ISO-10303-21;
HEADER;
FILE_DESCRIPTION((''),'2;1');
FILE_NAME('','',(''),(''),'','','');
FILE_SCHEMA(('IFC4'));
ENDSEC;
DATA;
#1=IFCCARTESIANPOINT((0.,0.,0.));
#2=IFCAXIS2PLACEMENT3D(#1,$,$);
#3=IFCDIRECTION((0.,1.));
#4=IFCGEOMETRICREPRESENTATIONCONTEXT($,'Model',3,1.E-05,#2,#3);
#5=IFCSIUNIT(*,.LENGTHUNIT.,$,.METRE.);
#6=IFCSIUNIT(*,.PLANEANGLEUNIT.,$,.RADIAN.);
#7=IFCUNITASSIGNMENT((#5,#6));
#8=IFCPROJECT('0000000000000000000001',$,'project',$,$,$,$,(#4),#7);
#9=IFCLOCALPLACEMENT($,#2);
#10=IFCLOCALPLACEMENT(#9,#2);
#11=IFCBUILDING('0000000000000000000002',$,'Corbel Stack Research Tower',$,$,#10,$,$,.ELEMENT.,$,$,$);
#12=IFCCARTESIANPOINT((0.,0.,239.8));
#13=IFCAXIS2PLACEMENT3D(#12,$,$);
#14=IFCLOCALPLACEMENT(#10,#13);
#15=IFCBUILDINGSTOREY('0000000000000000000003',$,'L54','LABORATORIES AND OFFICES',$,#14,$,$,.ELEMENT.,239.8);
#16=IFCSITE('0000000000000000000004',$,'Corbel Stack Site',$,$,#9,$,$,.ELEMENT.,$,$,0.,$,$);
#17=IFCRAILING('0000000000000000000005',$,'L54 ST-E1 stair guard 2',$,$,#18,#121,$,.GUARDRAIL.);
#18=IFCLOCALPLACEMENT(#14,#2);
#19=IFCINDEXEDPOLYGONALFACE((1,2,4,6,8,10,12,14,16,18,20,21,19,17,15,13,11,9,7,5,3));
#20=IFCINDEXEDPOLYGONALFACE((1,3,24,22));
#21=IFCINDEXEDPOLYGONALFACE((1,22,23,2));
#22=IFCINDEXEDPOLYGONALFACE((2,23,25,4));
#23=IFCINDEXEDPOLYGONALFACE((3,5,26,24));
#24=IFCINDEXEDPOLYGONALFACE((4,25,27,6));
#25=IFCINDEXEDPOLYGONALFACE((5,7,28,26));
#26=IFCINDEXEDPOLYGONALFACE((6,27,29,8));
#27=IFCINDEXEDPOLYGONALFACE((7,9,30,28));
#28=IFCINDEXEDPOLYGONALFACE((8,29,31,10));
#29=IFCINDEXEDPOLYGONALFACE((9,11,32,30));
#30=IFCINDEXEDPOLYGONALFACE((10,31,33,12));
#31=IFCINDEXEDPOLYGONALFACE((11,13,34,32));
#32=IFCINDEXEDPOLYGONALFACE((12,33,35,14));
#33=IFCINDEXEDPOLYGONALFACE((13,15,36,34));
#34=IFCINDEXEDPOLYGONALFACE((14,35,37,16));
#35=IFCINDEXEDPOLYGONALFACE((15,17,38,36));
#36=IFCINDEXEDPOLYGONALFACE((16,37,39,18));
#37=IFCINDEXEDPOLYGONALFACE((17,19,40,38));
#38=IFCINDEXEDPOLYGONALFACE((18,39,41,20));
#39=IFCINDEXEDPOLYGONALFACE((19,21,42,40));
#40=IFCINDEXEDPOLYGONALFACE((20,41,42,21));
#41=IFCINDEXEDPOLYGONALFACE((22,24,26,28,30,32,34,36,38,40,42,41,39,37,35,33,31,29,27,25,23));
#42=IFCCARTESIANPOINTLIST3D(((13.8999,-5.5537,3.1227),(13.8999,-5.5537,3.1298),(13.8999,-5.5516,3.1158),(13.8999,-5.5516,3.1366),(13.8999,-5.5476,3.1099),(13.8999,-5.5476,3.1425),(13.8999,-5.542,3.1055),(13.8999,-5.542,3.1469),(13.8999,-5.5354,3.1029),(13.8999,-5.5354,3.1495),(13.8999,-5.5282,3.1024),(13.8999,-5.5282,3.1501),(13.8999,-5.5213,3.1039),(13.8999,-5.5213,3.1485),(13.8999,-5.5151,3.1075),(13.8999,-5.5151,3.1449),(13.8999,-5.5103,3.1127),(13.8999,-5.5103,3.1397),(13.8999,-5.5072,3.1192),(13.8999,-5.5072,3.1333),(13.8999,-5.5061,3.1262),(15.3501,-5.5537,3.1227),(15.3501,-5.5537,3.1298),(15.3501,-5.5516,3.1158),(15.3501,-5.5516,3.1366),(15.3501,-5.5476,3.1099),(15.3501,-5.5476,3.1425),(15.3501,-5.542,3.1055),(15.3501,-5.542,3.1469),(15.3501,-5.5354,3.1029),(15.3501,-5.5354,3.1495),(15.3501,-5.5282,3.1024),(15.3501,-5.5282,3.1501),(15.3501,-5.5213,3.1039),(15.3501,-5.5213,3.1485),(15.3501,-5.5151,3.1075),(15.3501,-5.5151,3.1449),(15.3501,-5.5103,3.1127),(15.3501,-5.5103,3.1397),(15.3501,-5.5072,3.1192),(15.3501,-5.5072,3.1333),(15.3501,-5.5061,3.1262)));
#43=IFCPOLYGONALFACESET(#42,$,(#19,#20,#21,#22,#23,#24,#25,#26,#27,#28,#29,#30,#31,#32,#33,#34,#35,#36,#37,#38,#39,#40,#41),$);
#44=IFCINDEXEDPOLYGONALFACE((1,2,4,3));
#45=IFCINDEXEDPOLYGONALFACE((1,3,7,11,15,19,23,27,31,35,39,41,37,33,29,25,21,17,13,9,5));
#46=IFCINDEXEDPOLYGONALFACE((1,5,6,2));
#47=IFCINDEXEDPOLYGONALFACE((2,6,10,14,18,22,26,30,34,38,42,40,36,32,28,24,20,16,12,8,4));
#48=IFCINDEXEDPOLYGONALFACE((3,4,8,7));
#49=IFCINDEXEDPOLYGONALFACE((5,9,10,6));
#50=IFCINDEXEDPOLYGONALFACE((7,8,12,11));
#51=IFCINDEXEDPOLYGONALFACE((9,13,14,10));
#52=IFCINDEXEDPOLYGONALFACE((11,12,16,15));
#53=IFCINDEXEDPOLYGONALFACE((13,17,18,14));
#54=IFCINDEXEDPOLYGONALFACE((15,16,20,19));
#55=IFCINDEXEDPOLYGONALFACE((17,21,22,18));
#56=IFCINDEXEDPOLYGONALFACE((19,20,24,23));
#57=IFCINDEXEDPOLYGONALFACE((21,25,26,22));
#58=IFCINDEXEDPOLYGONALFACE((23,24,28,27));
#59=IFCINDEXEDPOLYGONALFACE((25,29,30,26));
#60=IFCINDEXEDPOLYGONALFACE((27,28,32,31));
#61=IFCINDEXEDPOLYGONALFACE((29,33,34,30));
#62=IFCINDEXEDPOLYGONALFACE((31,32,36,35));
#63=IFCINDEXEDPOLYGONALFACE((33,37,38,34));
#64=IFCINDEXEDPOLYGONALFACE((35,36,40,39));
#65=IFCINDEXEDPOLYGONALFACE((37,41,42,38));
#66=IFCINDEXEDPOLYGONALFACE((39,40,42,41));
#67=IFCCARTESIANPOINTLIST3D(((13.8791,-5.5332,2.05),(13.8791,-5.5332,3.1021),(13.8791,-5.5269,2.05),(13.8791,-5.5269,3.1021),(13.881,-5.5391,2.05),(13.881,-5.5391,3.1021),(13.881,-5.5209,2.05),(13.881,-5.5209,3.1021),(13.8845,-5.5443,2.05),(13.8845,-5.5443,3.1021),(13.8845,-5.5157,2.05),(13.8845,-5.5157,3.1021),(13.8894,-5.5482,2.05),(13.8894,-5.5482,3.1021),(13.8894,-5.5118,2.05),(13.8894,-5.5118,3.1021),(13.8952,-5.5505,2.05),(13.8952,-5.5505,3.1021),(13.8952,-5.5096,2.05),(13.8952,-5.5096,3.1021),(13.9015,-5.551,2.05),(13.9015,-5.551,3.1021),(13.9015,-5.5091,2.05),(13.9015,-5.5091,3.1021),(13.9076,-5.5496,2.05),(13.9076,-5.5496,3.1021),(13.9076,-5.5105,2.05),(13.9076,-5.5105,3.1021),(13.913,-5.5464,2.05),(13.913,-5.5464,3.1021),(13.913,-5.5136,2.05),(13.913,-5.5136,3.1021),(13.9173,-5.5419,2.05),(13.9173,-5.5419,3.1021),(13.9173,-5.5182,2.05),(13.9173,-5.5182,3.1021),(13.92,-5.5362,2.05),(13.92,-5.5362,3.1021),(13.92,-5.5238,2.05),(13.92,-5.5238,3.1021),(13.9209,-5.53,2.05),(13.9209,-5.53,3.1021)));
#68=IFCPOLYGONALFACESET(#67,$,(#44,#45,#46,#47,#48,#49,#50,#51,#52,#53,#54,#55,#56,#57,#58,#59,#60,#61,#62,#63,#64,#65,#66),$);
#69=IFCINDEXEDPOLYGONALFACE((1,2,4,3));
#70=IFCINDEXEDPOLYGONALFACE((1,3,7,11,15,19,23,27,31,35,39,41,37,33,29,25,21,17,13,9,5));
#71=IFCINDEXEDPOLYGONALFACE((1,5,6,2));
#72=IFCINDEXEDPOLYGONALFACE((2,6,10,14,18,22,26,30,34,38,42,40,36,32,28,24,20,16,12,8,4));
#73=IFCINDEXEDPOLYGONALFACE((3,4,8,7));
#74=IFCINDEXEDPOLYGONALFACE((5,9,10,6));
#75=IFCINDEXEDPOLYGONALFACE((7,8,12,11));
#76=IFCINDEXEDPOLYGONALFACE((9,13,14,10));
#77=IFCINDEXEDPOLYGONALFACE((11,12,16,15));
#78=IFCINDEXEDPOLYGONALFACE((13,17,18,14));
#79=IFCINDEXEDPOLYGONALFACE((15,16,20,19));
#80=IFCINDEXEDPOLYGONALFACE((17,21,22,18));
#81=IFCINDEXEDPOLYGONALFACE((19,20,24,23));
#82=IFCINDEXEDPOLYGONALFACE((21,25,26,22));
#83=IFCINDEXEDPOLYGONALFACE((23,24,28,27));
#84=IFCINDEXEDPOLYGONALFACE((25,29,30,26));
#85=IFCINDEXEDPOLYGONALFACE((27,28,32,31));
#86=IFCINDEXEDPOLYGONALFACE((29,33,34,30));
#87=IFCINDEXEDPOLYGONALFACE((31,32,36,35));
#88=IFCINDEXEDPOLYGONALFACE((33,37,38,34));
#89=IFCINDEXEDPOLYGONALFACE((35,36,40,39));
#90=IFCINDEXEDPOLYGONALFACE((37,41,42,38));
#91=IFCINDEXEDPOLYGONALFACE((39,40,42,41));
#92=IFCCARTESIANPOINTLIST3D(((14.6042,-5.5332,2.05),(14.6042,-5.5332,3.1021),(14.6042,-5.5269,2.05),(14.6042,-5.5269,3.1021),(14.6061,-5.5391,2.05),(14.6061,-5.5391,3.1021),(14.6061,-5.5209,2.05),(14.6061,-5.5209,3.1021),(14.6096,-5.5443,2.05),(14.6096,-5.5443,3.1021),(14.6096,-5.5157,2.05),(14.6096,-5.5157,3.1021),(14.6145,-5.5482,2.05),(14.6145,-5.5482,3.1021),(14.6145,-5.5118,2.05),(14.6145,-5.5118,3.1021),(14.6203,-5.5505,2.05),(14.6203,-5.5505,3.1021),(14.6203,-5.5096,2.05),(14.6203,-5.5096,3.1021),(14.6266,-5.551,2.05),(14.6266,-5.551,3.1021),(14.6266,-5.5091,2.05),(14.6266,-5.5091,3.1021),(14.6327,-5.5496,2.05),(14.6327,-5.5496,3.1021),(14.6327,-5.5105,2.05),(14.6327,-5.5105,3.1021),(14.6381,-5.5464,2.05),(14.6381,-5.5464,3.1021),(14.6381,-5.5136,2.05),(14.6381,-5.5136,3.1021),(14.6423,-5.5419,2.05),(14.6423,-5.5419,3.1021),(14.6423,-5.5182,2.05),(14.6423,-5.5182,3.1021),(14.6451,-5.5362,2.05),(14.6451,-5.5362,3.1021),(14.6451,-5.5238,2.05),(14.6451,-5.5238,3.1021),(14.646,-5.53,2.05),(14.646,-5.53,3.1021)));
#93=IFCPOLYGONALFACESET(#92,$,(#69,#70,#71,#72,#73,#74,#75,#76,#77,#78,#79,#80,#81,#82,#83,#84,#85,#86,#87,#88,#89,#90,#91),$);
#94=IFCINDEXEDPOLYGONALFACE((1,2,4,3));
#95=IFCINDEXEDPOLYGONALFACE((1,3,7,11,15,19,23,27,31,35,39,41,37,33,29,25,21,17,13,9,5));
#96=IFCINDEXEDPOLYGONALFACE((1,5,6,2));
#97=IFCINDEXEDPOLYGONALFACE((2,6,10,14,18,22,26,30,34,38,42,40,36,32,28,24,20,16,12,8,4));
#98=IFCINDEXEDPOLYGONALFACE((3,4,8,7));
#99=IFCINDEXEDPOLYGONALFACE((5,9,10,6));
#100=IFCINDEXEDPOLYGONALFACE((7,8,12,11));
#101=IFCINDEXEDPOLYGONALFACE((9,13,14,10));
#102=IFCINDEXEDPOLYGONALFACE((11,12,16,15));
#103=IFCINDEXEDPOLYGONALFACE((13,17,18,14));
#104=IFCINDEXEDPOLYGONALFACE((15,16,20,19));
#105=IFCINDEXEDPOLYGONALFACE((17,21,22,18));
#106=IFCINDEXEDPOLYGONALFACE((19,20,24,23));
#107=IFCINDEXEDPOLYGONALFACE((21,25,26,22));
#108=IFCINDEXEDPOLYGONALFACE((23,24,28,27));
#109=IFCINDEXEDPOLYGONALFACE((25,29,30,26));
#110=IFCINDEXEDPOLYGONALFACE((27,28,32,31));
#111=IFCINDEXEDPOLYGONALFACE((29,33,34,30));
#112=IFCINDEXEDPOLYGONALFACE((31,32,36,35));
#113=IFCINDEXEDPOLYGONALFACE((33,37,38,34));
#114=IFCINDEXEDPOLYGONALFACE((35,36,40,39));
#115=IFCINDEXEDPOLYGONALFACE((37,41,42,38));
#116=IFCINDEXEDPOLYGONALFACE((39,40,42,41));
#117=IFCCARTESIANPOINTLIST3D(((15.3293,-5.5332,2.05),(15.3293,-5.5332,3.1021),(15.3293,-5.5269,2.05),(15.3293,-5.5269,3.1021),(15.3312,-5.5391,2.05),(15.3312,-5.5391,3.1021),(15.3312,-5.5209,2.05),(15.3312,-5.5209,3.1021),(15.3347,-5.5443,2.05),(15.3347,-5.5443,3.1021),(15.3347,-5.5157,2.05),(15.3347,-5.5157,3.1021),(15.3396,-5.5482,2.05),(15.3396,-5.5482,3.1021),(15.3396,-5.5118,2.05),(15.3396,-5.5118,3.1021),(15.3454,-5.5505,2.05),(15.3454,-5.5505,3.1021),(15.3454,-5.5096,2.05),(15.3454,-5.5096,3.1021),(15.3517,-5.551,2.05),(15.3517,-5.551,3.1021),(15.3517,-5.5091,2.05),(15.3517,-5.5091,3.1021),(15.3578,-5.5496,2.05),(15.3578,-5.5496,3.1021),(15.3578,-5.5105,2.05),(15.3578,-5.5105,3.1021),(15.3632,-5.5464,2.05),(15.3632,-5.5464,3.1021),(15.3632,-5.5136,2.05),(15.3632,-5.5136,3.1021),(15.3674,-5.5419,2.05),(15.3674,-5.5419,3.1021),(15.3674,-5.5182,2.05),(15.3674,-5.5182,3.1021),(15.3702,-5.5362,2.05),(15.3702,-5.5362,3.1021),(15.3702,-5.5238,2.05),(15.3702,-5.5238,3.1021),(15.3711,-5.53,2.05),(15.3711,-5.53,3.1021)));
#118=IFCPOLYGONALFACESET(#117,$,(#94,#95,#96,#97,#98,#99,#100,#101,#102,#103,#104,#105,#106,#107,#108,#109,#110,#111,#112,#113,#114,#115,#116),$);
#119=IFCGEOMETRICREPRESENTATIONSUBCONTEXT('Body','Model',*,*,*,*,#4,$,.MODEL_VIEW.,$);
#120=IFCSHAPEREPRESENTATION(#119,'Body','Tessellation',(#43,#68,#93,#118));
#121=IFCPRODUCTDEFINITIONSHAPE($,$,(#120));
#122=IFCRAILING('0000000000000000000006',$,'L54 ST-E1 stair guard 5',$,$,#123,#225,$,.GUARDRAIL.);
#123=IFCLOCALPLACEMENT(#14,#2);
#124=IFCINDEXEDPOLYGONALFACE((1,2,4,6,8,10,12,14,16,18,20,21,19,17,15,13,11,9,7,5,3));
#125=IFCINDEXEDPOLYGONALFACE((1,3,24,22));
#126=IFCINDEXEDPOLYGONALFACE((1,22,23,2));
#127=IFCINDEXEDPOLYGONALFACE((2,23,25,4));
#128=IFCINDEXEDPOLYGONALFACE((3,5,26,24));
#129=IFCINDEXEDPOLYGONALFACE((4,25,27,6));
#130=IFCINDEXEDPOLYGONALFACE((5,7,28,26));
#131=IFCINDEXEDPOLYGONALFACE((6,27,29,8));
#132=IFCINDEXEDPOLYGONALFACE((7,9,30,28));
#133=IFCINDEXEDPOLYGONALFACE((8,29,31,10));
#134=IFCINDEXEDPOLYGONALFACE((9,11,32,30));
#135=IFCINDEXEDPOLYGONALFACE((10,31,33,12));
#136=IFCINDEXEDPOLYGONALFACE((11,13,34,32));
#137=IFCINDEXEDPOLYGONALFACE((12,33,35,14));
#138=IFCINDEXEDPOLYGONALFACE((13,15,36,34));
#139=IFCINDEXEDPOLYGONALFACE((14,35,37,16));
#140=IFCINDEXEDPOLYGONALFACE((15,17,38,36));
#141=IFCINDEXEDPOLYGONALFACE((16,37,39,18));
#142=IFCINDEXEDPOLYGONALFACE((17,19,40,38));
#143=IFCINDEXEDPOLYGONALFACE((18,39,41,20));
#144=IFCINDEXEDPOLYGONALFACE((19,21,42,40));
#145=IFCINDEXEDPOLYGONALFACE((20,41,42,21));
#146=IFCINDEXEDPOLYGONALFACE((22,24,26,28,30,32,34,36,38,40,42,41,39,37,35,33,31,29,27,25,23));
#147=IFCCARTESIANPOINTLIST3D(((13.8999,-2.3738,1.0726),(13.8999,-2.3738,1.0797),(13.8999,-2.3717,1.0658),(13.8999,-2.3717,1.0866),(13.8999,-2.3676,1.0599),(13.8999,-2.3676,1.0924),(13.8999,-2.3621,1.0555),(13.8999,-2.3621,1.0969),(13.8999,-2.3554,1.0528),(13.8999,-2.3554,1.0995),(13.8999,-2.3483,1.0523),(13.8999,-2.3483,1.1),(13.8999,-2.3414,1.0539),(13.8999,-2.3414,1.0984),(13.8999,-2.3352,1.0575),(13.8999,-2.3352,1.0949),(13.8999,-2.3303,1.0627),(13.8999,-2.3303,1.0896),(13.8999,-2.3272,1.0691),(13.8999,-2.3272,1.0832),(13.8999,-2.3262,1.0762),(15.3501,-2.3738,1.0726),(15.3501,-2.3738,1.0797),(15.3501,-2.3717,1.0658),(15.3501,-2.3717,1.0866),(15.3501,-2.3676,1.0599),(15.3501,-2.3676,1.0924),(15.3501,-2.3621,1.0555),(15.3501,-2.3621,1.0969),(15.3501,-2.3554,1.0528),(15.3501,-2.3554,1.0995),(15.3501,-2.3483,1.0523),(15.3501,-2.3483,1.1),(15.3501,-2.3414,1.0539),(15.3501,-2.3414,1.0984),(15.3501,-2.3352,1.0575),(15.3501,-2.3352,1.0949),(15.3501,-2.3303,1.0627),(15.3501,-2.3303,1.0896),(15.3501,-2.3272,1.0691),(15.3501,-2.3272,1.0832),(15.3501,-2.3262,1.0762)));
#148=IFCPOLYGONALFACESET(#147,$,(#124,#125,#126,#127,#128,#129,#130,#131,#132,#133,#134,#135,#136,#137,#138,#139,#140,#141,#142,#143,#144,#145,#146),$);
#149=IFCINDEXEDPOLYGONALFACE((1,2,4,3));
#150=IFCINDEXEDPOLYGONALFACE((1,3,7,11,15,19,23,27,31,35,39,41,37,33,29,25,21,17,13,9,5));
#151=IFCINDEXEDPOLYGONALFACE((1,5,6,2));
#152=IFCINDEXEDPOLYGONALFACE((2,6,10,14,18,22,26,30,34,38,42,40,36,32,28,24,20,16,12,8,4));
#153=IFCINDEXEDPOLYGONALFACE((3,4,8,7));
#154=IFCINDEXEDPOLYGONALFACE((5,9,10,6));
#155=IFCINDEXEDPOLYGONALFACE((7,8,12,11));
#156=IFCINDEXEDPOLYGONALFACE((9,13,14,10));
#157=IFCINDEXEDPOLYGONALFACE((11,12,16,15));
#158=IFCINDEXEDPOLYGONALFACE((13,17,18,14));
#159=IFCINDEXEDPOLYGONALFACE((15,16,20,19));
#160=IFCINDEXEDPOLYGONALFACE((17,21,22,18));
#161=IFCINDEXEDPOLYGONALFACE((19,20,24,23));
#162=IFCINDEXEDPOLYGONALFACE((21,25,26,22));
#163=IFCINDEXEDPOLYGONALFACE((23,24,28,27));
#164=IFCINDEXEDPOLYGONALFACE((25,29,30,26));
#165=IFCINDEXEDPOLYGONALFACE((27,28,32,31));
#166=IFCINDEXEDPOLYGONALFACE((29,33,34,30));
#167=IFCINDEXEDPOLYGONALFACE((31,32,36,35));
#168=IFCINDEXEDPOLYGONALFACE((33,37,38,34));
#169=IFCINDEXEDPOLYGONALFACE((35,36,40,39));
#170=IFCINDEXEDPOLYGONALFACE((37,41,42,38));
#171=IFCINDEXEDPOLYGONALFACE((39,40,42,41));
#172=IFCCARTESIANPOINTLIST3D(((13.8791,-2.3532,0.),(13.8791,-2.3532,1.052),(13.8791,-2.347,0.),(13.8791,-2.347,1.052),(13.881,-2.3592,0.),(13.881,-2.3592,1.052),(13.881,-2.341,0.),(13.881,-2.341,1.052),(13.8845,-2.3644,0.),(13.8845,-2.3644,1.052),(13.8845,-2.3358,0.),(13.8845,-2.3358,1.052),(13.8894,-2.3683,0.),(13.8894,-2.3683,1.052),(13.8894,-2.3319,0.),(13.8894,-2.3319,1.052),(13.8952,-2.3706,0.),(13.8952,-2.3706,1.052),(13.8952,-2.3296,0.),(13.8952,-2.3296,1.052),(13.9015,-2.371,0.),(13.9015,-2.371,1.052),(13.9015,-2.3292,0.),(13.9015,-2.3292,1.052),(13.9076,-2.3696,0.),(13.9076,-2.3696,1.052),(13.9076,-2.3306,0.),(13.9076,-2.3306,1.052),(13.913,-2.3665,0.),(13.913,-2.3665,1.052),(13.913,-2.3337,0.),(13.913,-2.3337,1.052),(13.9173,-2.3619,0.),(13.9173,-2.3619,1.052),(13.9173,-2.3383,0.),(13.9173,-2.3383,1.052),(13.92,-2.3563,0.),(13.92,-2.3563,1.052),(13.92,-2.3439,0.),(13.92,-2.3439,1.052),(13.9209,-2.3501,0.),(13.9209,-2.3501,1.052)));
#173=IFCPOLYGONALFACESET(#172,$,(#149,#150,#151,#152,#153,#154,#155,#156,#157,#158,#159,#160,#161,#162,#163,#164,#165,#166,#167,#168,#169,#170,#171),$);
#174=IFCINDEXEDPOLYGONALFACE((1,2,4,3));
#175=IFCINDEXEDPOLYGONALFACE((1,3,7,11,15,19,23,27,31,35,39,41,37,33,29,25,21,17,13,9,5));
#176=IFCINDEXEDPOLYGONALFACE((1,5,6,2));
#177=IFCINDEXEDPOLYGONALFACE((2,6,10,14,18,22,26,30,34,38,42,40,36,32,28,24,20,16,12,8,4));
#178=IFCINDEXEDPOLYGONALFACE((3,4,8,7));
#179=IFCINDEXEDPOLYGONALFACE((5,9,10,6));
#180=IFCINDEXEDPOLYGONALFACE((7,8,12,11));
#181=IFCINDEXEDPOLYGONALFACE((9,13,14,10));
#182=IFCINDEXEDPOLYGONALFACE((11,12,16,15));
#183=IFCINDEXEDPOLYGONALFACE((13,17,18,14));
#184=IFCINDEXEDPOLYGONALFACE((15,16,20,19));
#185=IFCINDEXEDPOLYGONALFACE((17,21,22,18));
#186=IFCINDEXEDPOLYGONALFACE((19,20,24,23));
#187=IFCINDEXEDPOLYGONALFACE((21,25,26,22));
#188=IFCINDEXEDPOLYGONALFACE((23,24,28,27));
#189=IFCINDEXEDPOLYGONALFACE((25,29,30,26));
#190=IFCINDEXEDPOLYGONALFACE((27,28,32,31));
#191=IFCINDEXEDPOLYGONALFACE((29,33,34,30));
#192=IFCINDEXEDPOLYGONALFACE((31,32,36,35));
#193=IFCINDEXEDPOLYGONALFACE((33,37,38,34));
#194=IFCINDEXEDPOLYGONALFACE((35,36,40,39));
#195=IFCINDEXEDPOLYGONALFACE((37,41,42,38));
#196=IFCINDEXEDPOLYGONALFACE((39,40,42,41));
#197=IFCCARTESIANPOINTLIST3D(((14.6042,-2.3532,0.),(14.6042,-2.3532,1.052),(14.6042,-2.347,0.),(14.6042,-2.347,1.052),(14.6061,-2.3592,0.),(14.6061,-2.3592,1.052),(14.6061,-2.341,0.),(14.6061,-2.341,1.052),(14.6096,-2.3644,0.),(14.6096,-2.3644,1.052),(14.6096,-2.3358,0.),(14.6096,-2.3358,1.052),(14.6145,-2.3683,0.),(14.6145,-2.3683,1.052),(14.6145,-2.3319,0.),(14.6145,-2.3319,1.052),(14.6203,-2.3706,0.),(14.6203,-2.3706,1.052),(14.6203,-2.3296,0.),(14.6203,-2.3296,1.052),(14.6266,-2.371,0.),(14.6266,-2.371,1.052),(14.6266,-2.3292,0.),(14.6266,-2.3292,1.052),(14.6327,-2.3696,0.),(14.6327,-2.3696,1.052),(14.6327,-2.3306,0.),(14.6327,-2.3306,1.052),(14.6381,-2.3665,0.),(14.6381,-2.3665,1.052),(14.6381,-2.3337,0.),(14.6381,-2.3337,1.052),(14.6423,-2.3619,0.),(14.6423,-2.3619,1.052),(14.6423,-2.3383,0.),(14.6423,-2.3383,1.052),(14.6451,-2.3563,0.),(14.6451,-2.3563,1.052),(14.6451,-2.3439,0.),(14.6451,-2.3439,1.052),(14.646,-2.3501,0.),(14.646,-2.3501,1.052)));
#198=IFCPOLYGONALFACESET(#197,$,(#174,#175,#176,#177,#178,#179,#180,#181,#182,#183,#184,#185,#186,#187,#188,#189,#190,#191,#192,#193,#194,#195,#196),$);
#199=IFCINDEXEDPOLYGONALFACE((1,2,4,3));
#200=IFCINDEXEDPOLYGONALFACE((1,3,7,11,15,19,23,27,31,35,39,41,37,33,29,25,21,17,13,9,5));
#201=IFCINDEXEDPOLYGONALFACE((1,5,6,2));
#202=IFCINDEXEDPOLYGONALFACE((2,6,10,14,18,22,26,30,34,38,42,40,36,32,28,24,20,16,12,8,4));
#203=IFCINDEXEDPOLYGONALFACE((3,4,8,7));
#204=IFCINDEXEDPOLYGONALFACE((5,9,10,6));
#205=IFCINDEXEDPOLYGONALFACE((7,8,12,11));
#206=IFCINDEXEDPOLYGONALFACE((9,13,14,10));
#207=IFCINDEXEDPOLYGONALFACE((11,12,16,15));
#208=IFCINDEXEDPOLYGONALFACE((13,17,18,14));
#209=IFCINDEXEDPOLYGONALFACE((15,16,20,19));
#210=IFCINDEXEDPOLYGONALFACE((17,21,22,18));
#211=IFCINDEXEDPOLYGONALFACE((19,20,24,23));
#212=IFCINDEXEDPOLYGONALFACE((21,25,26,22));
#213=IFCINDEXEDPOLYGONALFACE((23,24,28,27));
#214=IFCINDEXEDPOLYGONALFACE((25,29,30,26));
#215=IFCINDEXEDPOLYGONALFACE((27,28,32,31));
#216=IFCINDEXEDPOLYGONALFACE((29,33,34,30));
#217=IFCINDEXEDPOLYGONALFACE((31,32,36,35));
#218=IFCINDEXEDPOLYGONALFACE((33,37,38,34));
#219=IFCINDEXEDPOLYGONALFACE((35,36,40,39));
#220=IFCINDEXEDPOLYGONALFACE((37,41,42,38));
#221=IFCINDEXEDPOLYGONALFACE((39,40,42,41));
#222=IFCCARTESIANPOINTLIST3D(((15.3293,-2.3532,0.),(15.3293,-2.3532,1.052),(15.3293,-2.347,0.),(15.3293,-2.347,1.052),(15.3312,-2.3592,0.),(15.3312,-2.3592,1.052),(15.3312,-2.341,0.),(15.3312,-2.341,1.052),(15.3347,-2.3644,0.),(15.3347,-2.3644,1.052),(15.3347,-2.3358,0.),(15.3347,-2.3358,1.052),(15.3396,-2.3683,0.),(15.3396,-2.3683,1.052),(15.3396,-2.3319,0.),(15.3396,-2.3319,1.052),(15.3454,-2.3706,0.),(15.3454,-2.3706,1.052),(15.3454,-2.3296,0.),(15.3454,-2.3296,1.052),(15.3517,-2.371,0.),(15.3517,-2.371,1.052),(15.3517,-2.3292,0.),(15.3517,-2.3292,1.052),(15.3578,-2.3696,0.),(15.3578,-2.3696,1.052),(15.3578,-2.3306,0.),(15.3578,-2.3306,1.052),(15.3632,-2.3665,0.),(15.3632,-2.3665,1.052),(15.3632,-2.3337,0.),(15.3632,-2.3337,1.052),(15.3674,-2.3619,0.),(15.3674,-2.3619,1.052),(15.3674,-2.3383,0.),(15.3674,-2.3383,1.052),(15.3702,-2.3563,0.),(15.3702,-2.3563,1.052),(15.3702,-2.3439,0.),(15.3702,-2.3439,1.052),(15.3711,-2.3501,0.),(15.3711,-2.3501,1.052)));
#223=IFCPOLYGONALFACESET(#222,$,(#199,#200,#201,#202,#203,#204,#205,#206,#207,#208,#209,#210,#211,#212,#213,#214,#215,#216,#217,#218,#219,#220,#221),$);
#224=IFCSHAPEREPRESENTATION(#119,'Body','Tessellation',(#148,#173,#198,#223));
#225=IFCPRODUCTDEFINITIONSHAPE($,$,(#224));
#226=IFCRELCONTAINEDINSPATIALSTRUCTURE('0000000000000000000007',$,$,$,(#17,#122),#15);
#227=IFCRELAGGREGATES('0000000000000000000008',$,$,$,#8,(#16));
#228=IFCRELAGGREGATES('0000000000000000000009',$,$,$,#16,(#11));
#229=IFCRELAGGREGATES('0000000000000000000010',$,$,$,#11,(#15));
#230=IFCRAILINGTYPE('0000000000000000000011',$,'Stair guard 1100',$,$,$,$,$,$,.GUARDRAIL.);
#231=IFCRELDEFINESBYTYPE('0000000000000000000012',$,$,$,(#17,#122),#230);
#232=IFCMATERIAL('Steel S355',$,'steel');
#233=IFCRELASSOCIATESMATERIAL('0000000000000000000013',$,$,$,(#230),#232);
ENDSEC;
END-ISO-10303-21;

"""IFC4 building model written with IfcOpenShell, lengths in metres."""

from ifc_helpers import new_model, si_unit, direction, frame, origin, origin_2d, place, context, subcontext, project, spatial, circle, extrude, material, type_object, element, save


model = new_model("IFC4")

# Units and contexts
model_context = context("Model", 3, precision=1e-05, world=origin(), true_north=direction((0.0, 1.0)))
body_context = subcontext(model_context, "Body", "Model", "MODEL_VIEW")
ifc_project = project(units=[si_unit("LENGTHUNIT", "METRE"), si_unit("PLANEANGLEUNIT", "RADIAN")], contexts=[model_context])

# Site, building, storey
site_placement = place(None, origin())
site = spatial("IfcSite", under=ifc_project, at=site_placement, Name="Corbel Stack Site", CompositionType="ELEMENT", RefElevation=0.0)
building_placement = place(site_placement, origin())
building = spatial("IfcBuilding", under=site, at=building_placement, Name="Corbel Stack Research Tower", CompositionType="ELEMENT")
storey_placement = place(building_placement, frame((0.0, 0.0, 239.8)))
storey = spatial("IfcBuildingStorey", under=building, at=storey_placement, Name="L54", Description="LABORATORIES AND OFFICES", CompositionType="ELEMENT", Elevation=239.8)

# Railings
ifc_material_1 = material(Name="Steel S355", Category="steel")
railing_type_1 = type_object("IfcRailingType", Name="Stair guard 1100", PredefinedType="GUARDRAIL", material=ifc_material_1)
for number, where, name in (
    (1, (13.8999, -5.53, 2.05), "L54 ST-E1 stair guard 2"),
    (2, (13.8999, -2.3501, 0.0), "L54 ST-E1 stair guard 5"),
):
    element("IfcRailing", number, at=place(storey_placement, frame(where)), inside=storey, type_object=railing_type_1, Name=name, PredefinedType="GUARDRAIL", context=body_context, shape_type="SweptSolid", body=[
        extrude(circle(Radius=0.0239, at=origin_2d()), frame((0.0, 0.0, 1.0762), z_axis=(1.0, 0.0, 0.0), x_axis=(0.0, 1.0, 0.0)), (0.0, 0.0, 1.0), 1.4502),
        extrude(circle(Radius=0.021, at=origin_2d()), origin(), (0.0, 0.0, 1.0), 1.052),
        extrude(circle(Radius=0.021, at=origin_2d()), frame((0.7251, 0.0, 0.0)), (0.0, 0.0, 1.0), 1.052),
        extrude(circle(Radius=0.021, at=origin_2d()), frame((1.4502, 0.0, 0.0)), (0.0, 0.0, 1.0), 1.052),
    ])

save(model, "model.ifc")
